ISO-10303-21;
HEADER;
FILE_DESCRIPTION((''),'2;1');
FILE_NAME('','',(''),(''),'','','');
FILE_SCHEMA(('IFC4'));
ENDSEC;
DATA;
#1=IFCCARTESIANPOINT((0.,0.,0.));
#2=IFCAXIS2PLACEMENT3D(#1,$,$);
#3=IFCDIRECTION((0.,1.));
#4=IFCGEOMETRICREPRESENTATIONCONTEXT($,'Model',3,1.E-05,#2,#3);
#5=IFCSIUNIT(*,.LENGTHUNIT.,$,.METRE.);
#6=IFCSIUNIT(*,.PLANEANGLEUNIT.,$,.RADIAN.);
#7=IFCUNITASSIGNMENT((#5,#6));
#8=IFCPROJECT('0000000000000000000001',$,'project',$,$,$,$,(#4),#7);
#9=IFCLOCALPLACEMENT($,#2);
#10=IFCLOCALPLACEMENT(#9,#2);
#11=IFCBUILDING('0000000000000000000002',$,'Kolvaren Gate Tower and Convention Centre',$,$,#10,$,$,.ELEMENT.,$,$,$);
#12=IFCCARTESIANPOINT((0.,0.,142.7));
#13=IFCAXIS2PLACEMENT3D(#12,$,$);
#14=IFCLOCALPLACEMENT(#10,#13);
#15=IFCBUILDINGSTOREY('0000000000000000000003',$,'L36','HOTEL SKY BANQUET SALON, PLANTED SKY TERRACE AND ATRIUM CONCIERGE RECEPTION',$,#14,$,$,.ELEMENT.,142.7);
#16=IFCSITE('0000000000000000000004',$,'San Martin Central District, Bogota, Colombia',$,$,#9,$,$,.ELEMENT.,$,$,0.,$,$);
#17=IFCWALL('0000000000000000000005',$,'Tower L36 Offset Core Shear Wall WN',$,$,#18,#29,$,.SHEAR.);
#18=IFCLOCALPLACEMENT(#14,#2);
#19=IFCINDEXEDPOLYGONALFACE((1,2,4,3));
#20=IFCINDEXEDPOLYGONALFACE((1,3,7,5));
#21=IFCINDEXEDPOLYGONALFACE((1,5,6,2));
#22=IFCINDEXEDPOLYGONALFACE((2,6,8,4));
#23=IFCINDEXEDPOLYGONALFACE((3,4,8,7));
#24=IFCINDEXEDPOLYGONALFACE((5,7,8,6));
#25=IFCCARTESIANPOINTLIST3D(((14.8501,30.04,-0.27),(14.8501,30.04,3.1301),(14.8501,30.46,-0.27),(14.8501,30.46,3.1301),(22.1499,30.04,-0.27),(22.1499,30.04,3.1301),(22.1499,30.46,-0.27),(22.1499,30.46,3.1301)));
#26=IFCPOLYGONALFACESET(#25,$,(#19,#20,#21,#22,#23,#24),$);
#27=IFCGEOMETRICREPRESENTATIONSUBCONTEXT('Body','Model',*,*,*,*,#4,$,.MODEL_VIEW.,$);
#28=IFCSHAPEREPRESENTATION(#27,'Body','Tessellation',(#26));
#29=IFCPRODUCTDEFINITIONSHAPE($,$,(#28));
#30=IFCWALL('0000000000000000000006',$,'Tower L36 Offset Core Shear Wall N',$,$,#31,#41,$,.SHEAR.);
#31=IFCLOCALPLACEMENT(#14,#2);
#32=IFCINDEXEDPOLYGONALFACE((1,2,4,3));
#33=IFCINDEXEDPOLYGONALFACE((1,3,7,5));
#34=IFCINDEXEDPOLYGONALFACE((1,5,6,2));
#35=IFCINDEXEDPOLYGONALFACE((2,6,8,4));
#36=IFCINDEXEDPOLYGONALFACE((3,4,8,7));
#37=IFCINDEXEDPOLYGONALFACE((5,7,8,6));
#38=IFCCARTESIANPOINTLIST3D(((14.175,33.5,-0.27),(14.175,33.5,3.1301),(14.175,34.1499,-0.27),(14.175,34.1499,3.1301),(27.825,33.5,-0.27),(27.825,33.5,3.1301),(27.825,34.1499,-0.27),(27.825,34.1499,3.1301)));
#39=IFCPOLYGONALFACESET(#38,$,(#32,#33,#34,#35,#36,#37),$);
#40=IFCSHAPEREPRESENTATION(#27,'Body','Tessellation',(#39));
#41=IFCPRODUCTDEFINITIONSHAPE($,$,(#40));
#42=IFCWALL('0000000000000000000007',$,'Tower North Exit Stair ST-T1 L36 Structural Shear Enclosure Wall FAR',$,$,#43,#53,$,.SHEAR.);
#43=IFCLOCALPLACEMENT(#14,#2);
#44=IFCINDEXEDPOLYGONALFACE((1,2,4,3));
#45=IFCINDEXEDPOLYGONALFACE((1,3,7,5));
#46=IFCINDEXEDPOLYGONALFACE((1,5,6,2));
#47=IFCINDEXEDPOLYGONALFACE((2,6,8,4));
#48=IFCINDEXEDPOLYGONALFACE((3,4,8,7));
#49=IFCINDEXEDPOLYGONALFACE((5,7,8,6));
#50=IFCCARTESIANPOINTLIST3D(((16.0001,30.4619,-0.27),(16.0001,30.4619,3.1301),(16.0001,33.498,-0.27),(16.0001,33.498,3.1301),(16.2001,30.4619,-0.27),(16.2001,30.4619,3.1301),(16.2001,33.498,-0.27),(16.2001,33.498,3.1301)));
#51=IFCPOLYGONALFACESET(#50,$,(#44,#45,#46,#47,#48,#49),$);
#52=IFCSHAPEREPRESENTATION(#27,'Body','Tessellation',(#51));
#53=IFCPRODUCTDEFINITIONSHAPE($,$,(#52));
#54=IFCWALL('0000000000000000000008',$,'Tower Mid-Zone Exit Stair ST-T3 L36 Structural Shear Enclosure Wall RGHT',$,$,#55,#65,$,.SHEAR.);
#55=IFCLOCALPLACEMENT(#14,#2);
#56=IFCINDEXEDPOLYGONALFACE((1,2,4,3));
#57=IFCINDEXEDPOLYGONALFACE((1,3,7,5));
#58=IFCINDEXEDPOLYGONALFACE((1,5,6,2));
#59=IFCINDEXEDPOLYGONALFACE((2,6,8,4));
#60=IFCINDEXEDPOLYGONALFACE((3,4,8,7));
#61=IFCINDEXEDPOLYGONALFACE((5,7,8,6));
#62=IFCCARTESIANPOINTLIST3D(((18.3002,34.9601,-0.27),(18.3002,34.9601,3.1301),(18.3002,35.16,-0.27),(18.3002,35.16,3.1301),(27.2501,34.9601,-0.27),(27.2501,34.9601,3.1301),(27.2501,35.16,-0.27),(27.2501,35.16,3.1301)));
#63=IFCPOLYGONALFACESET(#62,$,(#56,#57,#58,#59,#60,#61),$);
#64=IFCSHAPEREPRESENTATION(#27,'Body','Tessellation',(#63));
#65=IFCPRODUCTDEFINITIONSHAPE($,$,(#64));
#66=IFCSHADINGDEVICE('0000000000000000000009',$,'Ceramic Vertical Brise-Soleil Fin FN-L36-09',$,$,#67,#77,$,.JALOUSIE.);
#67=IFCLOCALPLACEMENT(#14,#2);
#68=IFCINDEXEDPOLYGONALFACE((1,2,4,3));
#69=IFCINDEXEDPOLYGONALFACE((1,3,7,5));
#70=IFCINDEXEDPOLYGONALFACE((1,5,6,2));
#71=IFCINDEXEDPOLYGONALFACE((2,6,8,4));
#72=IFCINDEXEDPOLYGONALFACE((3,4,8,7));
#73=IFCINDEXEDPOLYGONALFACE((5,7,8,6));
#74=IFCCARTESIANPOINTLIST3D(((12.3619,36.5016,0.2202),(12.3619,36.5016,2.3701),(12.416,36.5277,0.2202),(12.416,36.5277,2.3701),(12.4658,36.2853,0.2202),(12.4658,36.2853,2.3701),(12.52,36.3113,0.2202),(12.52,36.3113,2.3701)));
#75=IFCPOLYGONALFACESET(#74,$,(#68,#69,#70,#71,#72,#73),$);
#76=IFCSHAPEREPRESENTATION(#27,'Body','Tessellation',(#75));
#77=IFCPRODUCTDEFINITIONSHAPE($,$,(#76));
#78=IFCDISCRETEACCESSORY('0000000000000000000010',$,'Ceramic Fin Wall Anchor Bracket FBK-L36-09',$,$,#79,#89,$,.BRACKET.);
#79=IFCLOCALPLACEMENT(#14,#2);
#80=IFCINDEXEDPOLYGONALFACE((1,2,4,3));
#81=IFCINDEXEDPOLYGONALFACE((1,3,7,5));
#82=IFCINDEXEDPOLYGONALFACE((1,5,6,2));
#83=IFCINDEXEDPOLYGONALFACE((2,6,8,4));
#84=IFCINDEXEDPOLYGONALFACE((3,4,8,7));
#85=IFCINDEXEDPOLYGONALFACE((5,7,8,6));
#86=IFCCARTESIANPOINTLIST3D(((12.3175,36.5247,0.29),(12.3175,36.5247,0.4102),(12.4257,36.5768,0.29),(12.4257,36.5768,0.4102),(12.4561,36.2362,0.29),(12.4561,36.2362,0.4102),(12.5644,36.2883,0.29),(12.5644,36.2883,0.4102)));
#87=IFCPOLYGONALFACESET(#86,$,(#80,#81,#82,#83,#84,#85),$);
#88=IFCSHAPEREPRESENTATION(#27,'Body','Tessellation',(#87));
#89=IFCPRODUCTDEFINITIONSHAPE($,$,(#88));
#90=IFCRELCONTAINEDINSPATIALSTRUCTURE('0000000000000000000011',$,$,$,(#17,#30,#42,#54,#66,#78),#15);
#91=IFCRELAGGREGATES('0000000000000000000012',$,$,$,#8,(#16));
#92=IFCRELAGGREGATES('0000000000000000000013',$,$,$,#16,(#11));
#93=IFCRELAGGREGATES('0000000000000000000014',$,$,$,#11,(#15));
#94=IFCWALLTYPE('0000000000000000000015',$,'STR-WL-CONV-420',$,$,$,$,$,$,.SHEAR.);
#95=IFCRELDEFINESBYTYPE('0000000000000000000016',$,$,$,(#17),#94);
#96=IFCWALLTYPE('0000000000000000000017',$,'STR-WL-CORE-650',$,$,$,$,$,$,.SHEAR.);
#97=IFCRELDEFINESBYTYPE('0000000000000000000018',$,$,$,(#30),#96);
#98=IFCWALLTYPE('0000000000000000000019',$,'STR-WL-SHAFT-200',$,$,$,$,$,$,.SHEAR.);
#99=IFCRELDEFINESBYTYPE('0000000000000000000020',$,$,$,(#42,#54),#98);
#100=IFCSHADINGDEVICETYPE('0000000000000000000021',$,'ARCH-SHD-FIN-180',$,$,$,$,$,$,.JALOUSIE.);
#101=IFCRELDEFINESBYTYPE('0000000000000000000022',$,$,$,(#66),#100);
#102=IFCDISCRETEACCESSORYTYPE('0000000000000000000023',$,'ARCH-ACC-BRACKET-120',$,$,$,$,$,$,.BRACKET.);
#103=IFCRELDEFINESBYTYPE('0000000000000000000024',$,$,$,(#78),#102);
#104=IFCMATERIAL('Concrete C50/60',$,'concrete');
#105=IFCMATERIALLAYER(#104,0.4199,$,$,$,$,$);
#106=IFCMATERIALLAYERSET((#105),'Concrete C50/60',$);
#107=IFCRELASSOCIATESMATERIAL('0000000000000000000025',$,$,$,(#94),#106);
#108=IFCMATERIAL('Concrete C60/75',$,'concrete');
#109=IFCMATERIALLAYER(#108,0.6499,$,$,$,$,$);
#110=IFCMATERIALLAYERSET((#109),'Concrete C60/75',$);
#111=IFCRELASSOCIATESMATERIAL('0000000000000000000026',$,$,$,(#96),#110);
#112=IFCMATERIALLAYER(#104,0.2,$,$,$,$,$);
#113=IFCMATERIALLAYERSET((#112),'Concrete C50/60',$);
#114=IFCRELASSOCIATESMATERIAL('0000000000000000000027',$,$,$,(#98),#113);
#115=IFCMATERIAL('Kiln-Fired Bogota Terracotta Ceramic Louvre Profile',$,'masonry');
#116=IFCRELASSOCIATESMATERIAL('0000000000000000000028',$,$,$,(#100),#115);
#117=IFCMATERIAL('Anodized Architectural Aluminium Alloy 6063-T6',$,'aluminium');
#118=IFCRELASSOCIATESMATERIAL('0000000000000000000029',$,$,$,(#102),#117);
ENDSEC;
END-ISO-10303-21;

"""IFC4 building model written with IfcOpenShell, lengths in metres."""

from ifc_helpers import new_model, si_unit, direction, frame, frame_2d, origin, origin_2d, place, context, subcontext, project, spatial, rectangle, extrude, material, layer, layer_set, type_object, element, save


model = new_model("IFC4")

# Units and contexts
model_context = context("Model", 3, precision=1e-05, world=origin(), true_north=direction((0.0, 1.0)))
body_context = subcontext(model_context, "Body", "Model", "MODEL_VIEW")
ifc_project = project(units=[si_unit("LENGTHUNIT", "METRE"), si_unit("PLANEANGLEUNIT", "RADIAN")], contexts=[model_context])

# Site, building, storey
site_placement = place(None, origin())
site = spatial("IfcSite", under=ifc_project, at=site_placement, Name="San Martin Central District, Bogota, Colombia", CompositionType="ELEMENT", RefElevation=0.0)
building_placement = place(site_placement, origin())
building = spatial("IfcBuilding", under=site, at=building_placement, Name="Kolvaren Gate Tower and Convention Centre", CompositionType="ELEMENT")
storey_placement = place(building_placement, frame((0.0, 0.0, 142.7)))
storey = spatial("IfcBuildingStorey", under=building, at=storey_placement, Name="L36", Description="HOTEL SKY BANQUET SALON, PLANTED SKY TERRACE AND ATRIUM CONCIERGE RECEPTION", CompositionType="ELEMENT", Elevation=142.7)

# Shared definitions
ifc_material_1 = material(Name="Concrete C60/75", Category="concrete")

# Shared definitions
ifc_material_2 = material(Name="Anodized Architectural Aluminium Alloy 6063-T6", Category="aluminium")

# Walls
ifc_material_3 = material(Name="Concrete C50/60", Category="concrete")
ifc_layer_1 = layer(ifc_material_3, 0.4199)
ifc_layer_set_1 = layer_set([ifc_layer_1], Name="Concrete C50/60")
wall_type_1 = type_object("IfcWallType", Name="STR-WL-CONV-420", PredefinedType="SHEAR", material=ifc_layer_set_1)
wall_1_placement = place(storey_placement, frame((14.8501, 30.25, -0.27), z_axis=(0.0, 0.0, 1.0), x_axis=(1.0, 0.0, 0.0)))
element("IfcWall", 1, at=wall_1_placement, inside=storey, type_object=wall_type_1, Name="Tower L36 Offset Core Shear Wall WN", PredefinedType="SHEAR", context=body_context, shape_type="SweptSolid", body=[
    extrude(rectangle(XDim=7.2998, YDim=0.4199, at=frame_2d((3.6499, 0.0))), origin(), (0.0, 0.0, 1.0), 3.4001),
])
ifc_layer_2 = layer(ifc_material_1, 0.6499)
ifc_layer_set_2 = layer_set([ifc_layer_2], Name="Concrete C60/75")
wall_type_2 = type_object("IfcWallType", Name="STR-WL-CORE-650", PredefinedType="SHEAR", material=ifc_layer_set_2)
wall_2_placement = place(storey_placement, frame((14.175, 33.825, -0.27), z_axis=(0.0, 0.0, 1.0), x_axis=(1.0, 0.0, 0.0)))
element("IfcWall", 2, at=wall_2_placement, inside=storey, type_object=wall_type_2, Name="Tower L36 Offset Core Shear Wall N", PredefinedType="SHEAR", context=body_context, shape_type="SweptSolid", body=[
    extrude(rectangle(XDim=13.6499, YDim=0.6499, at=frame_2d((6.825, 0.0))), origin(), (0.0, 0.0, 1.0), 3.4001),
])
ifc_layer_3 = layer(ifc_material_3, 0.2)
ifc_layer_set_3 = layer_set([ifc_layer_3], Name="Concrete C50/60")
wall_type_3 = type_object("IfcWallType", Name="STR-WL-SHAFT-200", PredefinedType="SHEAR", material=ifc_layer_set_3)
wall_3_placement = place(storey_placement, frame((16.1001, 30.4619, -0.27), z_axis=(0.0, 0.0, 1.0), x_axis=(0.0, 1.0, 0.0)))
element("IfcWall", 3, at=wall_3_placement, inside=storey, type_object=wall_type_3, Name="Tower North Exit Stair ST-T1 L36 Structural Shear Enclosure Wall FAR", PredefinedType="SHEAR", context=body_context, shape_type="SweptSolid", body=[
    extrude(rectangle(XDim=3.0361, YDim=0.2, at=frame_2d((1.5181, 0.0))), origin(), (0.0, 0.0, 1.0), 3.4001),
])
wall_4_placement = place(storey_placement, frame((18.3, 35.0601, -0.27), z_axis=(0.0, 0.0, 1.0), x_axis=(1.0, 0.0, 0.0)))
element("IfcWall", 4, at=wall_4_placement, inside=storey, type_object=wall_type_3, Name="Tower Mid-Zone Exit Stair ST-T3 L36 Structural Shear Enclosure Wall RGHT", PredefinedType="SHEAR", context=body_context, shape_type="SweptSolid", body=[
    extrude(rectangle(XDim=8.95, YDim=0.2, at=frame_2d((4.4751, 0.0))), origin(), (0.0, 0.0, 1.0), 3.4001),
])

# Shading device
ifc_material_4 = material(Name="Kiln-Fired Bogota Terracotta Ceramic Louvre Profile", Category="masonry")
shading_device_type = type_object("IfcShadingDeviceType", Name="ARCH-SHD-FIN-180", PredefinedType="JALOUSIE", material=ifc_material_4)
shading_device_placement = place(storey_placement, frame((12.4409, 36.4065, 0.2202), z_axis=(0.0, 0.0, 1.0), x_axis=(0.901358, 0.433074, 0.0)))
element("IfcShadingDevice", 5, at=shading_device_placement, inside=storey, type_object=shading_device_type, Name="Ceramic Vertical Brise-Soleil Fin FN-L36-09", PredefinedType="JALOUSIE", context=body_context, shape_type="SweptSolid", body=[
    extrude(rectangle(XDim=0.0601, YDim=0.24, at=origin_2d()), origin(), (0.0, 0.0, 1.0), 2.1499),
])

# Discrete accessory
discrete_accessory_type = type_object("IfcDiscreteAccessoryType", Name="ARCH-ACC-BRACKET-120", PredefinedType="BRACKET", material=ifc_material_2)
discrete_accessory_placement = place(storey_placement, frame((12.4409, 36.4065, 0.29), z_axis=(0.0, 0.0, 1.0), x_axis=(0.901358, 0.433074, 0.0)))
element("IfcDiscreteAccessory", 6, at=discrete_accessory_placement, inside=storey, type_object=discrete_accessory_type, Name="Ceramic Fin Wall Anchor Bracket FBK-L36-09", PredefinedType="BRACKET", context=body_context, shape_type="SweptSolid", body=[
    extrude(rectangle(XDim=0.1201, YDim=0.3201, at=origin_2d()), origin(), (0.0, 0.0, 1.0), 0.1201),
])

save(model, "model.ifc")
